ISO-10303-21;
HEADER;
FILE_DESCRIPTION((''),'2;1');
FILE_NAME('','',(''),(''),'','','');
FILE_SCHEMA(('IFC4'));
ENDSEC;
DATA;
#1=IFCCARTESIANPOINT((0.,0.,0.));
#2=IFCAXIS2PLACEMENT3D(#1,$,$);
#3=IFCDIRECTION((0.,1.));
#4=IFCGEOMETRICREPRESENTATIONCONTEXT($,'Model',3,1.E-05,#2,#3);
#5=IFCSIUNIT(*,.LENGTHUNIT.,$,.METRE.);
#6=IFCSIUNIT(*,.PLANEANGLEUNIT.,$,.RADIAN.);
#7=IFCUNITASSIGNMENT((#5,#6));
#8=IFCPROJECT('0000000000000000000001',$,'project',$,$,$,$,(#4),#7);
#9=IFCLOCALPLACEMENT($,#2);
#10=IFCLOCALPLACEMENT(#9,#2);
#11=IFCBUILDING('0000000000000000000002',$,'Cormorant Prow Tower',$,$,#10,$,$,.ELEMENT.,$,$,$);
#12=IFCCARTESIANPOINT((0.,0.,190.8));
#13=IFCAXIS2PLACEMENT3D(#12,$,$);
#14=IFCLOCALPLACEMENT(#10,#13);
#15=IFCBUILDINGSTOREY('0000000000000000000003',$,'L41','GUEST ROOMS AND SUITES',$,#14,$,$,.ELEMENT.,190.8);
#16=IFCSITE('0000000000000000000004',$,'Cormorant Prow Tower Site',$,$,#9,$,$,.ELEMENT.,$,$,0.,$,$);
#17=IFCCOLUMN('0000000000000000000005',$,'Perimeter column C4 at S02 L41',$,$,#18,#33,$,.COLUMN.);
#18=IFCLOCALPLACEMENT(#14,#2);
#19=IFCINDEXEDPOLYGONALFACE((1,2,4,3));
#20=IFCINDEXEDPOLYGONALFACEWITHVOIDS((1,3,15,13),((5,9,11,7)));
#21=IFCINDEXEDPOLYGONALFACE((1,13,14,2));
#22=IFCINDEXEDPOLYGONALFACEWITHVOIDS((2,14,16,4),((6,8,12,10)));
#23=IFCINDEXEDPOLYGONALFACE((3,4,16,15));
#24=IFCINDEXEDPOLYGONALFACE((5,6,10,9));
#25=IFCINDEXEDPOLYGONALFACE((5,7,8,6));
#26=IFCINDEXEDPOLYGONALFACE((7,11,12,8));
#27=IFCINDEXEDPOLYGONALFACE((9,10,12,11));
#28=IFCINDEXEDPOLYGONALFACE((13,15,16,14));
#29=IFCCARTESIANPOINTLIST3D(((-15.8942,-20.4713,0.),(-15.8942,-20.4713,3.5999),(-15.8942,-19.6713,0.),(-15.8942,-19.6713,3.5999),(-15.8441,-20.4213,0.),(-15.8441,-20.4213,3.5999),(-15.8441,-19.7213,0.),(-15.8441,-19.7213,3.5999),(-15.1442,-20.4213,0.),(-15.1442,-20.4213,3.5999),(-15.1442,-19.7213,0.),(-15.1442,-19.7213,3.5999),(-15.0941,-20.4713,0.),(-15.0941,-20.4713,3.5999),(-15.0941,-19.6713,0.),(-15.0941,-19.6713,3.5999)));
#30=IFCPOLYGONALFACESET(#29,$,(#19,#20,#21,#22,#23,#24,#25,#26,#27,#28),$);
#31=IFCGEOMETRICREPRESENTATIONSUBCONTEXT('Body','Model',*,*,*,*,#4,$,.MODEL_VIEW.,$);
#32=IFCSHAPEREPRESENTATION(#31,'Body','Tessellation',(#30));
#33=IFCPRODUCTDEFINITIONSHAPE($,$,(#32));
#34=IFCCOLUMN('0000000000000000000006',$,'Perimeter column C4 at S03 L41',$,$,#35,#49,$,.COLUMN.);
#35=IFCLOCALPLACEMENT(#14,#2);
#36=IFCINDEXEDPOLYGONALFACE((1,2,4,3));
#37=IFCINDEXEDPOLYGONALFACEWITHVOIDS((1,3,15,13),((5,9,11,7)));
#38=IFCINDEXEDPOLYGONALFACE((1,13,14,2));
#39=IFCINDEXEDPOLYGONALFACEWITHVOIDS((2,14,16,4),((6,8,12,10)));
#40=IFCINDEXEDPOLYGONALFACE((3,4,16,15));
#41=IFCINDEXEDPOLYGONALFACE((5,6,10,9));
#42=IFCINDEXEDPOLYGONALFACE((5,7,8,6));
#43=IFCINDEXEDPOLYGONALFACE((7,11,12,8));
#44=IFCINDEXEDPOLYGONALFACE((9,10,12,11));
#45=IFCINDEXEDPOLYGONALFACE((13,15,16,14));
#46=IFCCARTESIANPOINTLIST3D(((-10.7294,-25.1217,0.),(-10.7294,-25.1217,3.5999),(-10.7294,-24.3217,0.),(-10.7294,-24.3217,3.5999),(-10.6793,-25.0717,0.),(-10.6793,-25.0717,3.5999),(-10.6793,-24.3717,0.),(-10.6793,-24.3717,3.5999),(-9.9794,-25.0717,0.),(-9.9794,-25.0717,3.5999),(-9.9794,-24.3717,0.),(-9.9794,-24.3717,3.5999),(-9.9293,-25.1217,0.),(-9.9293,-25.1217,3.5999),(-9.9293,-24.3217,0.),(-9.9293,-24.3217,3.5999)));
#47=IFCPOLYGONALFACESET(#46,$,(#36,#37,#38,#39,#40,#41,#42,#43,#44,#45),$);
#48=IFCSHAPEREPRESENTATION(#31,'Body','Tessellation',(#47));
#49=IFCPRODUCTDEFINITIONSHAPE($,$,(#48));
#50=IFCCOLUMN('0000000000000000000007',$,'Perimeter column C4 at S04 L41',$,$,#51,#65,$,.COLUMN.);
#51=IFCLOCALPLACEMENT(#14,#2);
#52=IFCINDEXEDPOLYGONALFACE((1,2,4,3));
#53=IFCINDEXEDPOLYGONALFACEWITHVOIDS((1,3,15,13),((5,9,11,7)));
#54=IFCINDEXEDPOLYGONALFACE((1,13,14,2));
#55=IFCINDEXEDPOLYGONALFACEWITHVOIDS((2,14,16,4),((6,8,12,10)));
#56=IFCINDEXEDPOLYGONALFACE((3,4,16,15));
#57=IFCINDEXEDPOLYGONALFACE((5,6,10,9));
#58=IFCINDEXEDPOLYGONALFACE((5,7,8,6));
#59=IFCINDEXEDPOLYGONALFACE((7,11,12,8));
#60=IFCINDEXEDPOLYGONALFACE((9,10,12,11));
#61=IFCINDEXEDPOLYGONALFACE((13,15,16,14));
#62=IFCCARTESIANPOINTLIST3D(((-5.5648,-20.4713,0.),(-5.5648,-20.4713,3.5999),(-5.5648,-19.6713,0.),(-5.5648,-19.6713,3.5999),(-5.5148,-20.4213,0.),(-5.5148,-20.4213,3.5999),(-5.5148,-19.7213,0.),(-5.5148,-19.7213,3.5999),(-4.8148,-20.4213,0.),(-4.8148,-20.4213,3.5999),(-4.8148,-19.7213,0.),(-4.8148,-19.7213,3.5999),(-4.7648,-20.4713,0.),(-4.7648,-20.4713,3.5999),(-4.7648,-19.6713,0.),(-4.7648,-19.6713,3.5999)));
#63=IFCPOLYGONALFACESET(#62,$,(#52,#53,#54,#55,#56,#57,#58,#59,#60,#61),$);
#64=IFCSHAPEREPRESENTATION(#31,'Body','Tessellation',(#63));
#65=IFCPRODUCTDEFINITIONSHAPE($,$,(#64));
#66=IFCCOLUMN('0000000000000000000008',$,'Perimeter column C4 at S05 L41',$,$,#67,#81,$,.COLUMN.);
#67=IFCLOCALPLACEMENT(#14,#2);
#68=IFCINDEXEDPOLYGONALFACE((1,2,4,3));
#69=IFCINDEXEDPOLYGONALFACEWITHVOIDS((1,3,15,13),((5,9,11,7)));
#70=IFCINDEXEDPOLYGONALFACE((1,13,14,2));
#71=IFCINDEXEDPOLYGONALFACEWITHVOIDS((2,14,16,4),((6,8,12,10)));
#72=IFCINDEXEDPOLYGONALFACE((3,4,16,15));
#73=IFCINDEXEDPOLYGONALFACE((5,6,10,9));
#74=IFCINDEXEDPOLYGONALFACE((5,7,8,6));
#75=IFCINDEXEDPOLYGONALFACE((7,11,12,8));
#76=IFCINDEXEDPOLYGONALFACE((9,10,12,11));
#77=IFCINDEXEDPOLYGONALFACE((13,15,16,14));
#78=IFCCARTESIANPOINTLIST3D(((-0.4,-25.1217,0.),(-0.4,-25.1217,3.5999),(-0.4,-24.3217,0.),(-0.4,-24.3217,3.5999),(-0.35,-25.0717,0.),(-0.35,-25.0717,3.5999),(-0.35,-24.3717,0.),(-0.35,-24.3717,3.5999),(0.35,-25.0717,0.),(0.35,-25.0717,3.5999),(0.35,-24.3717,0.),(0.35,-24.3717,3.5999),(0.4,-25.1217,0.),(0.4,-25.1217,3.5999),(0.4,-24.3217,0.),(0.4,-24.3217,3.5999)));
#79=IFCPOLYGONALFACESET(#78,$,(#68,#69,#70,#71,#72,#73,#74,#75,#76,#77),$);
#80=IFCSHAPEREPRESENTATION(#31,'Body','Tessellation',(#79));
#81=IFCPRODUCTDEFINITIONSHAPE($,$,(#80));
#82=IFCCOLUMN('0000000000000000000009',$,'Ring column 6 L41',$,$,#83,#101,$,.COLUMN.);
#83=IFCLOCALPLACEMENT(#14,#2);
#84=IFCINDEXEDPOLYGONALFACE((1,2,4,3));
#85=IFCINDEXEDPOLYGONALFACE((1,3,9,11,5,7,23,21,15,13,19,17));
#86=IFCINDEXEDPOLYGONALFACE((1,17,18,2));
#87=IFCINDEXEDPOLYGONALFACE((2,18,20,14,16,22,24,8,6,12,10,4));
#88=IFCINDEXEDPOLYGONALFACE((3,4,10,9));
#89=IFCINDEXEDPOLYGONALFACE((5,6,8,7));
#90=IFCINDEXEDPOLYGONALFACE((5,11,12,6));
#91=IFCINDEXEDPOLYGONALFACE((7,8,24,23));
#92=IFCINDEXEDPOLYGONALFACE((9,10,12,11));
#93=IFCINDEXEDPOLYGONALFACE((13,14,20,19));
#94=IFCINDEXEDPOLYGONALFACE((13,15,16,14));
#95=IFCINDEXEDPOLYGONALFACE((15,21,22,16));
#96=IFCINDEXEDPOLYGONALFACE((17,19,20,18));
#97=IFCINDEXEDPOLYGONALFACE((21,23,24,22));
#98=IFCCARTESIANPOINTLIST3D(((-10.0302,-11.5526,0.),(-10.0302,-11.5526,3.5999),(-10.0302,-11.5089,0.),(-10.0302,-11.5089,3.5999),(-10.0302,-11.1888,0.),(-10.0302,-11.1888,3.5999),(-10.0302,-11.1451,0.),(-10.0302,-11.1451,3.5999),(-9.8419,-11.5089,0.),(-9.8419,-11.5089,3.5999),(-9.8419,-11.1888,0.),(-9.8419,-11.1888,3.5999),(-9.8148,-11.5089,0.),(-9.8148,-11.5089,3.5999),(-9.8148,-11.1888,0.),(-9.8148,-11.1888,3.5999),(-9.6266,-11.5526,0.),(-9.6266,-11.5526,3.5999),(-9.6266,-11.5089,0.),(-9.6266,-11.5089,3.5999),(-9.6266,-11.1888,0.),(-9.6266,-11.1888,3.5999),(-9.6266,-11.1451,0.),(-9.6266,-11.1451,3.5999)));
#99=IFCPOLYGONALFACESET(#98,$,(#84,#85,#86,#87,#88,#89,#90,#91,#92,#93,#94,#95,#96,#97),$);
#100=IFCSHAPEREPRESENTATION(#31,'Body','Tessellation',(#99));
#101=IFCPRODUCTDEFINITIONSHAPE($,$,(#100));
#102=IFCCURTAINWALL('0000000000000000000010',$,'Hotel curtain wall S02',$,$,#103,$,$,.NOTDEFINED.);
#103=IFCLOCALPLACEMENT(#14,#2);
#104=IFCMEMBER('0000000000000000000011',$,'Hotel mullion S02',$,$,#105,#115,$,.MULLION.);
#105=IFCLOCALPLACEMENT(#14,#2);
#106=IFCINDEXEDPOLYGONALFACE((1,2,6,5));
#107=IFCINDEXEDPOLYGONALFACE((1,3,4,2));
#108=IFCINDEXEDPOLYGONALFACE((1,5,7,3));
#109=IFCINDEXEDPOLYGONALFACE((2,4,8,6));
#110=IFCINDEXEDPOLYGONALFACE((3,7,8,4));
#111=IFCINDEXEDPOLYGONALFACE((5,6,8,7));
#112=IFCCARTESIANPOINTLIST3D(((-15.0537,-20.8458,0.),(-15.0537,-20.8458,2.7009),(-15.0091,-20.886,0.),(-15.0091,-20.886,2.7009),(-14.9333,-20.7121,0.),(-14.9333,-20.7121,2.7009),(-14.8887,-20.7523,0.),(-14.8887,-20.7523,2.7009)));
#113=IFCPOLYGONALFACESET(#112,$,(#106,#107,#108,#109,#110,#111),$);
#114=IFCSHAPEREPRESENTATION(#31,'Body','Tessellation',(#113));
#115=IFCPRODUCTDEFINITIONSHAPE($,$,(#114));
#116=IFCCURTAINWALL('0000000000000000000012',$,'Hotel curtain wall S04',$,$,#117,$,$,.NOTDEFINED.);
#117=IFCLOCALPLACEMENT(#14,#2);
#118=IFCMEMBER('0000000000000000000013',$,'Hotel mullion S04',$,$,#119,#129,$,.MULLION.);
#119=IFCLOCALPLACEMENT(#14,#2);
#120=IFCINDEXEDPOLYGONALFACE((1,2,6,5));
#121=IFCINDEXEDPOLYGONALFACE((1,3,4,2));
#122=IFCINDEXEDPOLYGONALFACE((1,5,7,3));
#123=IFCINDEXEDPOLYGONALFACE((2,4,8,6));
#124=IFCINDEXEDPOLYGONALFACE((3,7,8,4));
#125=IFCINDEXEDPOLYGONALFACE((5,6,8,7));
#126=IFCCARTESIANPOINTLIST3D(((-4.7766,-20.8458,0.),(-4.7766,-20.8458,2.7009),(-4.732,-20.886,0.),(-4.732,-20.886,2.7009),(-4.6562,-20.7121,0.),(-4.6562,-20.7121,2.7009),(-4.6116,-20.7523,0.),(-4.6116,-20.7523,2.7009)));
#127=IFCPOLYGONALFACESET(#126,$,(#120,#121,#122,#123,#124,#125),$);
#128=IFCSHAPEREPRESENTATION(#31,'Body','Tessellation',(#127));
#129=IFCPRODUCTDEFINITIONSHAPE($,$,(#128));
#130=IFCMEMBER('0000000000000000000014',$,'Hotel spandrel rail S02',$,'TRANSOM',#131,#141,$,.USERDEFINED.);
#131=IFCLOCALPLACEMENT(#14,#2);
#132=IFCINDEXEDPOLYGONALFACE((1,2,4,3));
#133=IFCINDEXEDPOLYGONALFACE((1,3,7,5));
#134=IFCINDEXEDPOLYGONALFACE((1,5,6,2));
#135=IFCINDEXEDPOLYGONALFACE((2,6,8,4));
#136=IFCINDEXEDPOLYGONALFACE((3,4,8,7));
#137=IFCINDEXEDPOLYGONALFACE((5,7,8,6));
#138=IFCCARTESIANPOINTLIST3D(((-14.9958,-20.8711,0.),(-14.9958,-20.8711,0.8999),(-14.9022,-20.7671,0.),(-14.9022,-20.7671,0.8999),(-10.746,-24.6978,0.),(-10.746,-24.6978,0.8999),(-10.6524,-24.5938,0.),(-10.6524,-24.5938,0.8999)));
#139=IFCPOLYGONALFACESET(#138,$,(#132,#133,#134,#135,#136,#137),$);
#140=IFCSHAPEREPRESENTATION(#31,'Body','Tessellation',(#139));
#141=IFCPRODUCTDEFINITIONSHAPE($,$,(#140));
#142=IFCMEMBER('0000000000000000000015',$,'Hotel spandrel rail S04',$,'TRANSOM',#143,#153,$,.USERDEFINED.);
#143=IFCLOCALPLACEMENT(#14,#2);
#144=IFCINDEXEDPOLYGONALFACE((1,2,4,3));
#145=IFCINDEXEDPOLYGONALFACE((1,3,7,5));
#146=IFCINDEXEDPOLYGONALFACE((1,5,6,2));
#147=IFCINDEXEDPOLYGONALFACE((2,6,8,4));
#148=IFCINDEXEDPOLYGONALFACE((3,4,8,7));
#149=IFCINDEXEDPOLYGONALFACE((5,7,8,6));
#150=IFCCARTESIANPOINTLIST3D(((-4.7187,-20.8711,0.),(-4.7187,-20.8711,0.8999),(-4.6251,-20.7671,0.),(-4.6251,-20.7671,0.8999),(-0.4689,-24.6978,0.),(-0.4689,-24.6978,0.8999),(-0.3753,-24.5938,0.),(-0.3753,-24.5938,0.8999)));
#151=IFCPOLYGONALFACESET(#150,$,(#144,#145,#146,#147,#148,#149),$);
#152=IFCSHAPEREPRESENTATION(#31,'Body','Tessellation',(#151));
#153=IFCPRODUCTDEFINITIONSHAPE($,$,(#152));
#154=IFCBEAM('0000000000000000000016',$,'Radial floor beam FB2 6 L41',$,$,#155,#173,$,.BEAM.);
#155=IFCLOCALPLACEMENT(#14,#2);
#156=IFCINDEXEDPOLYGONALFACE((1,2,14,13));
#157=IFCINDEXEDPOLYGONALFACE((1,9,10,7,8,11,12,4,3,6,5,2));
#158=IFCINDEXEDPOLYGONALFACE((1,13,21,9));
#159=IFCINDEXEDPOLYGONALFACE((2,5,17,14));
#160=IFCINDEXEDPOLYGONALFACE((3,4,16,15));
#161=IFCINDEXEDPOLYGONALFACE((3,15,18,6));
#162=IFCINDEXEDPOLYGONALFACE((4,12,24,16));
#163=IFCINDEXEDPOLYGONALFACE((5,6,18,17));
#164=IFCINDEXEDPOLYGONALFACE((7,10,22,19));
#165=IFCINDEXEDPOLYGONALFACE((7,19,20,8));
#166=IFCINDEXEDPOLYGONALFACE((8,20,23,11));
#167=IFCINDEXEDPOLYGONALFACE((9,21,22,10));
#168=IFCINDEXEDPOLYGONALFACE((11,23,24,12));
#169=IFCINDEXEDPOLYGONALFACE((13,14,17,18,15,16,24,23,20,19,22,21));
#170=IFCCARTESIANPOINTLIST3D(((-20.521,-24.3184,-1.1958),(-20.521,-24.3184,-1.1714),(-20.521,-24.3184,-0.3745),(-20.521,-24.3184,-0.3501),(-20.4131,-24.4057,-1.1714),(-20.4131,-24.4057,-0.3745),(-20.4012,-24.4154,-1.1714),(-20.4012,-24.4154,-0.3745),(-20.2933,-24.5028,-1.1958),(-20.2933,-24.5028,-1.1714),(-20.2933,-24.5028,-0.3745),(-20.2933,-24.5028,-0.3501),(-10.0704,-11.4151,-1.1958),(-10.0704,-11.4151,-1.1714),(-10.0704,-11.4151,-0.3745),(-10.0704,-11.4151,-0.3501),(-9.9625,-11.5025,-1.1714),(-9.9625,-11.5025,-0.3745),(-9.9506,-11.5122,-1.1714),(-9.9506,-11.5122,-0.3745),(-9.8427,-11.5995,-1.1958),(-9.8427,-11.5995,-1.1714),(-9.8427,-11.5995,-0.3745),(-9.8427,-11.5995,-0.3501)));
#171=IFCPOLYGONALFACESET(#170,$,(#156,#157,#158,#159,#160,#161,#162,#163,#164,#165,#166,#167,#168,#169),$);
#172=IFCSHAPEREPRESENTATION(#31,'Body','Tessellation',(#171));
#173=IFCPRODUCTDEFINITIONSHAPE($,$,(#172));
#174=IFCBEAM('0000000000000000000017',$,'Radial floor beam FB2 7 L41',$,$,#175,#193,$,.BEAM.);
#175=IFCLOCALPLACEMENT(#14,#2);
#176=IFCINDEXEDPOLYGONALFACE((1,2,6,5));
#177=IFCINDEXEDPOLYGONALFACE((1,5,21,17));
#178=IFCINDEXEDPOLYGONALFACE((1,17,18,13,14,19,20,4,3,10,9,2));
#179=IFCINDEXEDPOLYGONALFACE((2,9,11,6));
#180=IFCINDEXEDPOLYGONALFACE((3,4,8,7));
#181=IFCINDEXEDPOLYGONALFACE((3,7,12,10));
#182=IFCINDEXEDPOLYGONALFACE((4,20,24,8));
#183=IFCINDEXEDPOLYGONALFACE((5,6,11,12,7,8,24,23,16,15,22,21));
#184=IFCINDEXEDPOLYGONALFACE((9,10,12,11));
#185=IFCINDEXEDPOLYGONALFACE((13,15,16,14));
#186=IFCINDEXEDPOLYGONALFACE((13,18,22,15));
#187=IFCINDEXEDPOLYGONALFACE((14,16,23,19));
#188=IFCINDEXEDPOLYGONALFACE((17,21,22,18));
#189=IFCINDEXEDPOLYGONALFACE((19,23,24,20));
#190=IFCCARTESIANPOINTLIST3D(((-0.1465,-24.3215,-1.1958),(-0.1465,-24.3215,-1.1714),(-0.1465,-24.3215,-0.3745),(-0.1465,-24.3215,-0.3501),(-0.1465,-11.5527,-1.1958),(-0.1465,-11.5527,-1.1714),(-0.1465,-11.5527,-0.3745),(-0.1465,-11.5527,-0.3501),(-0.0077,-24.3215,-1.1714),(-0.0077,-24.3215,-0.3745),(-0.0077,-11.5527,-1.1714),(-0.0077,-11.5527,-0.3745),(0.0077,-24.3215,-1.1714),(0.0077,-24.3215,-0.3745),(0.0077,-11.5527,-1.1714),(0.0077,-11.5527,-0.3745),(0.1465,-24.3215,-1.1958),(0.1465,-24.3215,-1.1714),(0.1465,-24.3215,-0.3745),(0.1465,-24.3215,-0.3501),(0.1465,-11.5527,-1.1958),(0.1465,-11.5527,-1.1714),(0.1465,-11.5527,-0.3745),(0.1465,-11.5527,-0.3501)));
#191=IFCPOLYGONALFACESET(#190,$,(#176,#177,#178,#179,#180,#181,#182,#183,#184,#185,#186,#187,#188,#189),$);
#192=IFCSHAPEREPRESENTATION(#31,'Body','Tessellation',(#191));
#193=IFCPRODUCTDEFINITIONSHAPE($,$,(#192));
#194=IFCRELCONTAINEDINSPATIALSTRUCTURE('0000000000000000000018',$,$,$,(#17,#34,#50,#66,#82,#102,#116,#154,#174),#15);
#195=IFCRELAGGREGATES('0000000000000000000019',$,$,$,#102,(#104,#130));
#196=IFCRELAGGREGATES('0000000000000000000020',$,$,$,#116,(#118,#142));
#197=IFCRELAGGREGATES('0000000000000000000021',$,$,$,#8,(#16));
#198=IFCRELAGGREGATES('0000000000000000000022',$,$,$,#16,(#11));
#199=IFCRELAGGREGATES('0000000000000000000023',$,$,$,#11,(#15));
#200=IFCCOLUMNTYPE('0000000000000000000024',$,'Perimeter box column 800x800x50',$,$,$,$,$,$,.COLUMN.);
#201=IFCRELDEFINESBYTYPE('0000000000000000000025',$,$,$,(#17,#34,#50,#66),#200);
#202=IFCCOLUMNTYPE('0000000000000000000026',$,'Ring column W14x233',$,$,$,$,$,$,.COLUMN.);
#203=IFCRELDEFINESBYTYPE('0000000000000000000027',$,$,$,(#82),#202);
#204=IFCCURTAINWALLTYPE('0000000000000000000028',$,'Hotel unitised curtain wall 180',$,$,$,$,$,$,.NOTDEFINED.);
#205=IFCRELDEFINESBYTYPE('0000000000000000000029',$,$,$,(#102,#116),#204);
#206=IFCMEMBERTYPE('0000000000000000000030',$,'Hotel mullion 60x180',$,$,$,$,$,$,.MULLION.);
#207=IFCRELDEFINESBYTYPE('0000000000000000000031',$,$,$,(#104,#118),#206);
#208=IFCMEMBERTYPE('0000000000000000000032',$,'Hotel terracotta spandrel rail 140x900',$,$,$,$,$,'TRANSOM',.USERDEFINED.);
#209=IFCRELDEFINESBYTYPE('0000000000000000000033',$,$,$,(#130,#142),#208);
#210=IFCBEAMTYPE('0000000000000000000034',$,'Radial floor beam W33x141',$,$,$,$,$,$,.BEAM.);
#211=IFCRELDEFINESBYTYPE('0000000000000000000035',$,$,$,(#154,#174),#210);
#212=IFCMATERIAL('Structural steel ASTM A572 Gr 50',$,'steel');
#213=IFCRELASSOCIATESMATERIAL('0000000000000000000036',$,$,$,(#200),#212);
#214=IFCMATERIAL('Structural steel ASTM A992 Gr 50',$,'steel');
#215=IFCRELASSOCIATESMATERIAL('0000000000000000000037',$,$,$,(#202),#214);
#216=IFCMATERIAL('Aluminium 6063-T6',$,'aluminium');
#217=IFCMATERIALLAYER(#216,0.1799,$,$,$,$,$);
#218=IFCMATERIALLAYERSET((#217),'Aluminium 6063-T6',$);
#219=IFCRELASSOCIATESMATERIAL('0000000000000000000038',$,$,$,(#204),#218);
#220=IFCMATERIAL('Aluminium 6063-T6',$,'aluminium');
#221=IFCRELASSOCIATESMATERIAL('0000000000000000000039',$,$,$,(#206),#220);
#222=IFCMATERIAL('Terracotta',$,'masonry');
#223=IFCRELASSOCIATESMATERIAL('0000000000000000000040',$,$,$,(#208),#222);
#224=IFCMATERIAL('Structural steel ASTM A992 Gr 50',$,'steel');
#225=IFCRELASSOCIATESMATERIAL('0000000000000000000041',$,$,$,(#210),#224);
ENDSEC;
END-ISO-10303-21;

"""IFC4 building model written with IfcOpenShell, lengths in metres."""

from ifc_helpers import new_model, si_unit, direction, frame, origin, origin_2d, place, context, subcontext, project, spatial, rectangle, hollow_rectangle, i_section, extrude, material, layer, layer_set, material_profile, profile_set, type_object, element, aggregate, save


model = new_model("IFC4")

# Units and contexts
model_context = context("Model", 3, precision=1e-05, world=origin(), true_north=direction((0.0, 1.0)))
body_context = subcontext(model_context, "Body", "Model", "MODEL_VIEW")
ifc_project = project(units=[si_unit("LENGTHUNIT", "METRE"), si_unit("PLANEANGLEUNIT", "RADIAN")], contexts=[model_context])

# Site, building, storey
site_placement = place(None, origin())
site = spatial("IfcSite", under=ifc_project, at=site_placement, Name="Cormorant Prow Tower Site", CompositionType="ELEMENT", RefElevation=0.0)
building_placement = place(site_placement, origin())
building = spatial("IfcBuilding", under=site, at=building_placement, Name="Cormorant Prow Tower", CompositionType="ELEMENT")
storey_placement = place(building_placement, frame((0.0, 0.0, 190.8)))
storey = spatial("IfcBuildingStorey", under=building, at=storey_placement, Name="L41", Description="GUEST ROOMS AND SUITES", CompositionType="ELEMENT", Elevation=190.8)

# Columns
ifc_material_1 = material(Name="Structural steel ASTM A572 Gr 50", Category="steel")
ifc_material_profile_1 = material_profile(ifc_material_1, hollow_rectangle(XDim=0.8, YDim=0.8, WallThickness=0.05, at=origin_2d()), Name="Box 800x800x50")
ifc_profile_set_1 = profile_set([ifc_material_profile_1], Name="Structural steel ASTM A572 Gr 50")
column_type_1 = type_object("IfcColumnType", Name="Perimeter box column 800x800x50", PredefinedType="COLUMN", material=ifc_profile_set_1)
for number, where, z_axis, x_axis, name in (
    (1, (-15.4941, -20.0713, 0.0), (0.0, 0.0, 1.0), (1.0, 0.0, 0.0), "Perimeter column C4 at S02 L41"),
    (2, (-10.3293, -24.7217, 0.0), (0.0, 0.0, 1.0), (1.0, 0.0, 0.0), "Perimeter column C4 at S03 L41"),
    (3, (-5.1648, -20.0713, 0.0), (0.0, 0.0, 1.0), (1.0, 0.0, 0.0), "Perimeter column C4 at S04 L41"),
    (4, (0.0, -24.7217, 0.0), (0.0, 0.0, 1.0), (1.0, 0.0, 0.0), "Perimeter column C4 at S05 L41"),
):
    element("IfcColumn", number, at=place(storey_placement, frame(where, z_axis=z_axis, x_axis=x_axis)), inside=storey, type_object=column_type_1, Name=name, PredefinedType="COLUMN", context=body_context, shape_type="SweptSolid", body=[
        extrude(hollow_rectangle(XDim=0.8, YDim=0.8, WallThickness=0.05, at=origin_2d()), origin(), (0.0, 0.0, 1.0), 3.5999),
    ])
ifc_material_2 = material(Name="Structural steel ASTM A992 Gr 50", Category="steel")
ifc_material_profile_2 = material_profile(ifc_material_2, i_section(OverallWidth=0.4036, OverallDepth=0.4075, WebThickness=0.0271, FlangeThickness=0.0437, at=origin_2d()), Name="W14x233")
ifc_profile_set_2 = profile_set([ifc_material_profile_2], Name="Structural steel ASTM A992 Gr 50")
column_type_2 = type_object("IfcColumnType", Name="Ring column W14x233", PredefinedType="COLUMN", material=ifc_profile_set_2)
column_placement = place(storey_placement, frame((-9.8284, -11.3489, 0.0), z_axis=(0.0, 0.0, 1.0), x_axis=(1.0, 0.0, 0.0)))
element("IfcColumn", 5, at=column_placement, inside=storey, type_object=column_type_2, Name="Ring column 6 L41", PredefinedType="COLUMN", context=body_context, shape_type="SweptSolid", body=[
    extrude(i_section(OverallWidth=0.4036, OverallDepth=0.4075, WebThickness=0.0271, FlangeThickness=0.0437, at=origin_2d()), origin(), (0.0, 0.0, 1.0), 3.5999),
])

# Curtain walls, members
ifc_material_3 = material(Name="Aluminium 6063-T6", Category="aluminium")
ifc_layer_1 = layer(ifc_material_3, 0.1799)
ifc_layer_set_1 = layer_set([ifc_layer_1], Name="Aluminium 6063-T6")
curtain_wall_type = type_object("IfcCurtainWallType", Name="Hotel unitised curtain wall 180", PredefinedType="NOTDEFINED", material=ifc_layer_set_1)
curtain_wall_1_placement = place(storey_placement, origin())
curtain_wall_1 = element("IfcCurtainWall", 6, at=curtain_wall_1_placement, inside=storey, type_object=curtain_wall_type, Name="Hotel curtain wall S02", PredefinedType="NOTDEFINED")
ifc_material_4 = material(Name="Aluminium 6063-T6", Category="aluminium")
ifc_material_profile_3 = material_profile(ifc_material_4, rectangle(XDim=0.1799, YDim=0.0601, at=origin_2d()), Name="Hotel mullion 60x180")
ifc_profile_set_3 = profile_set([ifc_material_profile_3], Name="Aluminium 6063-T6")
member_type_1 = type_object("IfcMemberType", Name="Hotel mullion 60x180", PredefinedType="MULLION", material=ifc_profile_set_3)
member_1_placement = place(storey_placement, frame((-14.9712, -20.7991, 0.0), z_axis=(0.0, 0.0, 1.0), x_axis=(0.669131, 0.743145, 0.0)))
member_1 = element("IfcMember", 7, at=member_1_placement, type_object=member_type_1, Name="Hotel mullion S02", PredefinedType="MULLION", context=body_context, shape_type="SweptSolid", body=[
    extrude(rectangle(XDim=0.1799, YDim=0.0601, at=origin_2d()), origin(), (0.0, 0.0, 1.0), 2.7009),
])
curtain_wall_2_placement = place(storey_placement, origin())
curtain_wall_2 = element("IfcCurtainWall", 8, at=curtain_wall_2_placement, inside=storey, type_object=curtain_wall_type, Name="Hotel curtain wall S04", PredefinedType="NOTDEFINED")
member_2_placement = place(storey_placement, frame((-4.6941, -20.7991, 0.0), z_axis=(0.0, 0.0, 1.0), x_axis=(0.669131, 0.743145, 0.0)))
member_2 = element("IfcMember", 9, at=member_2_placement, type_object=member_type_1, Name="Hotel mullion S04", PredefinedType="MULLION", context=body_context, shape_type="SweptSolid", body=[
    extrude(rectangle(XDim=0.1799, YDim=0.0601, at=origin_2d()), origin(), (0.0, 0.0, 1.0), 2.7009),
])

# Members
ifc_material_5 = material(Name="Terracotta", Category="masonry")
ifc_material_profile_4 = material_profile(ifc_material_5, rectangle(XDim=0.1399, YDim=0.8999, at=origin_2d()), Name="Hotel terracotta spandrel rail 140x900")
ifc_profile_set_4 = profile_set([ifc_material_profile_4], Name="Terracotta")
member_type_2 = type_object("IfcMemberType", Name="Hotel terracotta spandrel rail 140x900", ElementType="TRANSOM", PredefinedType="USERDEFINED", material=ifc_profile_set_4)
member_3_placement = place(storey_placement, frame((-14.949, -20.8191, 0.45), z_axis=(0.743131, -0.669146, 0.0), x_axis=(0.669146, 0.743131, 0.0)))
member_3 = element("IfcMember", 10, at=member_3_placement, type_object=member_type_2, Name="Hotel spandrel rail S02", ObjectType="TRANSOM", PredefinedType="USERDEFINED", context=body_context, shape_type="SweptSolid", body=[
    extrude(rectangle(XDim=0.1399, YDim=0.8999, at=origin_2d()), origin(), (0.0, 0.0, 1.0), 5.7188),
])
member_4_placement = place(storey_placement, frame((-4.6719, -20.8191, 0.45), z_axis=(0.743131, -0.669146, 0.0), x_axis=(0.669146, 0.743131, 0.0)))
member_4 = element("IfcMember", 11, at=member_4_placement, type_object=member_type_2, Name="Hotel spandrel rail S04", ObjectType="TRANSOM", PredefinedType="USERDEFINED", context=body_context, shape_type="SweptSolid", body=[
    extrude(rectangle(XDim=0.1399, YDim=0.8999, at=origin_2d()), origin(), (0.0, 0.0, 1.0), 5.7188),
])

# Beams
ifc_material_6 = material(Name="Structural steel ASTM A992 Gr 50", Category="steel")
ifc_material_profile_5 = material_profile(ifc_material_6, i_section(OverallWidth=0.293, OverallDepth=0.8457, WebThickness=0.0154, FlangeThickness=0.0244, at=origin_2d()), Name="W33x141")
ifc_profile_set_5 = profile_set([ifc_material_profile_5], Name="Structural steel ASTM A992 Gr 50")
beam_type_1 = type_object("IfcBeamType", Name="Radial floor beam W33x141", PredefinedType="BEAM", material=ifc_profile_set_5)
beam_1_placement = place(storey_placement, frame((-9.9565, -11.5073, -0.7729), z_axis=(-0.629385, -0.777094, 0.0), x_axis=(0.777094, -0.629385, 0.0)))
element("IfcBeam", 12, at=beam_1_placement, inside=storey, type_object=beam_type_1, Name="Radial floor beam FB2 6 L41", PredefinedType="BEAM", context=body_context, shape_type="SweptSolid", body=[
    extrude(i_section(OverallWidth=0.293, OverallDepth=0.8457, WebThickness=0.0154, FlangeThickness=0.0244, at=origin_2d()), origin(), (0.0, 0.0, 1.0), 16.6045),
])
beam_2_placement = place(storey_placement, frame((0.0, -11.5527, -0.7729), z_axis=(0.0, -1.0, 0.0), x_axis=(1.0, 0.0, 0.0)))
element("IfcBeam", 13, at=beam_2_placement, inside=storey, type_object=beam_type_1, Name="Radial floor beam FB2 7 L41", PredefinedType="BEAM", context=body_context, shape_type="SweptSolid", body=[
    extrude(i_section(OverallWidth=0.293, OverallDepth=0.8457, WebThickness=0.0154, FlangeThickness=0.0244, at=origin_2d()), origin(), (0.0, 0.0, 1.0), 12.7688),
])

aggregate(curtain_wall_1, [member_1, member_3])
aggregate(curtain_wall_2, [member_2, member_4])

save(model, "model.ifc")
